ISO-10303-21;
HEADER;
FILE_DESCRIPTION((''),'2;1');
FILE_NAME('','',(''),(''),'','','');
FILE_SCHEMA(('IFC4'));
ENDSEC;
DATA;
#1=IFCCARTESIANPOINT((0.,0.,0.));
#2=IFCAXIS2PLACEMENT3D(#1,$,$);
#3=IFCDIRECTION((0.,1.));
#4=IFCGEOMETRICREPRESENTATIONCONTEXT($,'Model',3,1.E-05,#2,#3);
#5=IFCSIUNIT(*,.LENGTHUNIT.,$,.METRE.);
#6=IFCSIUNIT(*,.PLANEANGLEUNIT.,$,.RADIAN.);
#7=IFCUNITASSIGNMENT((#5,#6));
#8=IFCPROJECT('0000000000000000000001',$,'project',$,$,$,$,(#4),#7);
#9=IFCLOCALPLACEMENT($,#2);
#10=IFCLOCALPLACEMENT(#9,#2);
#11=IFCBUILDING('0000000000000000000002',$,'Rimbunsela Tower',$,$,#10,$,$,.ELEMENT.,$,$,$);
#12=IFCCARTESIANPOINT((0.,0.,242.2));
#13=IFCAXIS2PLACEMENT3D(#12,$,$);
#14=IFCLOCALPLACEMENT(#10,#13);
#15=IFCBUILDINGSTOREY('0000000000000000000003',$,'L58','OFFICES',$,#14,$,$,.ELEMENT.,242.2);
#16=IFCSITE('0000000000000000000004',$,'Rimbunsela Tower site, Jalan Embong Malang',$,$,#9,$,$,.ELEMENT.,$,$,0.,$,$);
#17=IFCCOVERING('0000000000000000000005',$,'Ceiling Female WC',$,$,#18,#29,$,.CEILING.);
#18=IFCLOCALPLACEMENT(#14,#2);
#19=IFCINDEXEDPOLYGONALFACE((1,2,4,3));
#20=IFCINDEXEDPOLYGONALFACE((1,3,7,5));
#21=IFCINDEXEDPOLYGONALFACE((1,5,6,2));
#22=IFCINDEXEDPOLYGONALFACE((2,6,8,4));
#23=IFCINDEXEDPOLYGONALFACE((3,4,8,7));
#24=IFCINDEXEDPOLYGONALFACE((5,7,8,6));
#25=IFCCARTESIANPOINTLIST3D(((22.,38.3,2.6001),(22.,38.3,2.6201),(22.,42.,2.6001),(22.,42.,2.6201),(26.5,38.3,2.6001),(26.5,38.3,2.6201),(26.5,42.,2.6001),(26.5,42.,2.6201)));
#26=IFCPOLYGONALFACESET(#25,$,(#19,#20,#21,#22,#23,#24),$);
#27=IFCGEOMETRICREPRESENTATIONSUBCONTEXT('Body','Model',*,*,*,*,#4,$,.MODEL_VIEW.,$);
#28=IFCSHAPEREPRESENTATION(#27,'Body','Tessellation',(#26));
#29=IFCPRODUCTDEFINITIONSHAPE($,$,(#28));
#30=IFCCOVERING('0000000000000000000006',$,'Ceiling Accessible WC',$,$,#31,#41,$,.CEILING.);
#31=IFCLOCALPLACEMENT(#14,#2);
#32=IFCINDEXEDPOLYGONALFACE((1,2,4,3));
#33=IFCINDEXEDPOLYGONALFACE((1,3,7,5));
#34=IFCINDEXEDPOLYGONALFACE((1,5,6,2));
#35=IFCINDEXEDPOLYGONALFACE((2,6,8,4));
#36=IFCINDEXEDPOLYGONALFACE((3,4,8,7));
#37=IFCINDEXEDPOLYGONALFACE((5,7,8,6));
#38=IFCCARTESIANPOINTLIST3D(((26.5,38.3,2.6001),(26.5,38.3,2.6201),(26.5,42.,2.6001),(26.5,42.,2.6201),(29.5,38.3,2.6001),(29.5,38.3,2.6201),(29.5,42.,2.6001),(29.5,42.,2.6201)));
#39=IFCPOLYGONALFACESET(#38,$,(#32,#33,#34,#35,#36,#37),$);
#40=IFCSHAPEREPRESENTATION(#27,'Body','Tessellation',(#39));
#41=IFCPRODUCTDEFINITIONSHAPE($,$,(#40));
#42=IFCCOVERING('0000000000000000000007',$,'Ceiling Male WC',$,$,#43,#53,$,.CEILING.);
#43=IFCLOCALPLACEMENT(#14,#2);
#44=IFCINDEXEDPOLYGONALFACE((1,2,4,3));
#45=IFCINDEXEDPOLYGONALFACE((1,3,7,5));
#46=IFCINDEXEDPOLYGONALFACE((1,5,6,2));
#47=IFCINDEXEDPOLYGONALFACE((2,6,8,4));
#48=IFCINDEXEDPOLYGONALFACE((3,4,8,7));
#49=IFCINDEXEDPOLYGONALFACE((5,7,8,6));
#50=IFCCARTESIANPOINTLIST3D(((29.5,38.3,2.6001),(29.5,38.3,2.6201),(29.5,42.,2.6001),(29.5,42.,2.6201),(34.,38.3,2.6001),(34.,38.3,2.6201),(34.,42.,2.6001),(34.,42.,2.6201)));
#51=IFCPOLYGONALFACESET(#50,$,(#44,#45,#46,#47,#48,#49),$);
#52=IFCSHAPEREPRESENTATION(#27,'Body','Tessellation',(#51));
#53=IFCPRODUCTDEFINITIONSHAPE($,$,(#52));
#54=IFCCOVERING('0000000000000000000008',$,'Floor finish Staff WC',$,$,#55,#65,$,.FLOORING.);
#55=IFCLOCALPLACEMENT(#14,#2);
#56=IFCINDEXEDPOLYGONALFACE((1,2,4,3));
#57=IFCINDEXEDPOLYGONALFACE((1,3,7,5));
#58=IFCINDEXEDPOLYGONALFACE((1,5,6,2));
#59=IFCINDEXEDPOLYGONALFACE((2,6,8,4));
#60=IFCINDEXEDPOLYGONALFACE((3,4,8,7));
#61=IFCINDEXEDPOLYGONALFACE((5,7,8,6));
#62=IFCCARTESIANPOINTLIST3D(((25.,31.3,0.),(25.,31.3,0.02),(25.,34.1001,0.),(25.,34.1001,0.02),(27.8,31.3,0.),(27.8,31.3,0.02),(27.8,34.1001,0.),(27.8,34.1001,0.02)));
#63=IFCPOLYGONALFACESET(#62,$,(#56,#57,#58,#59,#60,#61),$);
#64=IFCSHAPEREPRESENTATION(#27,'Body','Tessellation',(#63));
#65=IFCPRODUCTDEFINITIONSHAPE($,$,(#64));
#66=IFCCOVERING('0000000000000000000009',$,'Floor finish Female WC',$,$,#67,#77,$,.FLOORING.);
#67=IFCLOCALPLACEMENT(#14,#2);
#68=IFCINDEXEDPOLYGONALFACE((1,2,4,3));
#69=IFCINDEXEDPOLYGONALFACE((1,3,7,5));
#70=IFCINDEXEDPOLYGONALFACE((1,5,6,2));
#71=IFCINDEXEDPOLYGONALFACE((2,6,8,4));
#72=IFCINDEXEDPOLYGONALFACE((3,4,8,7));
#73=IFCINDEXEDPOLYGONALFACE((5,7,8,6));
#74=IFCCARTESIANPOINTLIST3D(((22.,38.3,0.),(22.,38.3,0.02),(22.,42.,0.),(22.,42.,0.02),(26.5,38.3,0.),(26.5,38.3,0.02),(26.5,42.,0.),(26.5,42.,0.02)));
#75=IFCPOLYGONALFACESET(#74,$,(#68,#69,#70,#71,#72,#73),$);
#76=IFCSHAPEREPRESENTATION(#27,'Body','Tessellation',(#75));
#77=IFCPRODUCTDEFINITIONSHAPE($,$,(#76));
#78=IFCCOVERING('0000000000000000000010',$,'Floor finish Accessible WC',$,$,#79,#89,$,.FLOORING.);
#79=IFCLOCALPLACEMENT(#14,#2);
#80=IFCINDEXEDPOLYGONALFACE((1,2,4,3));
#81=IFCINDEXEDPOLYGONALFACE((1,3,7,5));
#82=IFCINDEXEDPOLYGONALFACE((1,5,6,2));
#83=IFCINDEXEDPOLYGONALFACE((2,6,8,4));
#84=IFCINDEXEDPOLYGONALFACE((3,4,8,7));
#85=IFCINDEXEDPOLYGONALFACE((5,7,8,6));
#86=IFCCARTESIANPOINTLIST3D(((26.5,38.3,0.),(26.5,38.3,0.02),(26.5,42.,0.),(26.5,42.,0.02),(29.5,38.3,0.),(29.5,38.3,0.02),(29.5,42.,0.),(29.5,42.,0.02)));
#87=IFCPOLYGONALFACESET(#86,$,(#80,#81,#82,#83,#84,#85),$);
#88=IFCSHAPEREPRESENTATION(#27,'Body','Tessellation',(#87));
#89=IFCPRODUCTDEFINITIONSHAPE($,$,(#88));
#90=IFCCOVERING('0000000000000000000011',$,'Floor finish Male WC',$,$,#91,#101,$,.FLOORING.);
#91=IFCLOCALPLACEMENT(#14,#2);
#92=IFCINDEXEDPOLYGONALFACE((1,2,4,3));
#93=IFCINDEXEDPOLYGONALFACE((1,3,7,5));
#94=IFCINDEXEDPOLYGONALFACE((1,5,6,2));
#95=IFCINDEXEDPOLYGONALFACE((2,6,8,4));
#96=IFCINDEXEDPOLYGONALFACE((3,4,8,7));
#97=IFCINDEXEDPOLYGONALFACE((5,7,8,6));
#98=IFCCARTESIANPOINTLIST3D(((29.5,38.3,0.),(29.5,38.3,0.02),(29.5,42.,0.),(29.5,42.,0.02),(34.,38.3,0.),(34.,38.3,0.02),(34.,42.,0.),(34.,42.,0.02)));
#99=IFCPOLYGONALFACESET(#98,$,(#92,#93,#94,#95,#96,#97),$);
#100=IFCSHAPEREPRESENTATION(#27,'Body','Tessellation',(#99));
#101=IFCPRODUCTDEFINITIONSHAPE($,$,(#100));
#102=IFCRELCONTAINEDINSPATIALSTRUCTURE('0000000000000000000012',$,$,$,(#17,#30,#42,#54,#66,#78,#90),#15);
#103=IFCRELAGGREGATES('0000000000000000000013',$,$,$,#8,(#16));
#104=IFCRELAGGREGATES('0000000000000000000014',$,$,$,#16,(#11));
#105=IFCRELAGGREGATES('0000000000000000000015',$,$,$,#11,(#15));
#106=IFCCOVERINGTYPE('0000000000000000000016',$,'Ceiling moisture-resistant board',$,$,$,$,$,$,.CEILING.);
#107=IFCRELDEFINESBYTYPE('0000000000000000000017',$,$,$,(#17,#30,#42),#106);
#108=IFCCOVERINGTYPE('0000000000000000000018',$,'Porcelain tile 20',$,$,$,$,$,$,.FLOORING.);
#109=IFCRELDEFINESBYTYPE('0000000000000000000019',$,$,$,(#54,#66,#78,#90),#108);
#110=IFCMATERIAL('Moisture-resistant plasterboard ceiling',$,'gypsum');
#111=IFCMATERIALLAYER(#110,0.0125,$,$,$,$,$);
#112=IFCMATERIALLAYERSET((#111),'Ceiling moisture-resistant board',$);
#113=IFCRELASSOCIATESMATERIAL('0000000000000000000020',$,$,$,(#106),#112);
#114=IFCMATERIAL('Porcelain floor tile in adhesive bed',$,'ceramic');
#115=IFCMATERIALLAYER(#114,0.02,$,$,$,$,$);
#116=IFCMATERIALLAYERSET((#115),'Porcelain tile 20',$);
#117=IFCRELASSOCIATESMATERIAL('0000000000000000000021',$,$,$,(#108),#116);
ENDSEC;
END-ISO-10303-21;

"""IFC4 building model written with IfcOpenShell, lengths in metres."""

from ifc_helpers import new_model, si_unit, direction, frame, origin, place, context, subcontext, project, spatial, polyline, outline, extrude, material, layer, layer_set, type_object, element, save


model = new_model("IFC4")

# Units and contexts
model_context = context("Model", 3, precision=1e-05, world=origin(), true_north=direction((0.0, 1.0)))
body_context = subcontext(model_context, "Body", "Model", "MODEL_VIEW")
ifc_project = project(units=[si_unit("LENGTHUNIT", "METRE"), si_unit("PLANEANGLEUNIT", "RADIAN")], contexts=[model_context])

# Site, building, storey
site_placement = place(None, origin())
site = spatial("IfcSite", under=ifc_project, at=site_placement, Name="Rimbunsela Tower site, Jalan Embong Malang", CompositionType="ELEMENT", RefElevation=0.0)
building_placement = place(site_placement, origin())
building = spatial("IfcBuilding", under=site, at=building_placement, Name="Rimbunsela Tower", CompositionType="ELEMENT")
storey_placement = place(building_placement, frame((0.0, 0.0, 242.2)))
storey = spatial("IfcBuildingStorey", under=building, at=storey_placement, Name="L58", Description="OFFICES", CompositionType="ELEMENT", Elevation=242.2)

# Coverings
ifc_material_1 = material(Name="Moisture-resistant plasterboard ceiling", Category="gypsum")
ifc_layer_1 = layer(ifc_material_1, 0.0125)
ifc_layer_set_1 = layer_set([ifc_layer_1], Name="Ceiling moisture-resistant board")
covering_type_1 = type_object("IfcCoveringType", Name="Ceiling moisture-resistant board", PredefinedType="CEILING", material=ifc_layer_set_1)
covering_1_placement = place(storey_placement, frame((0.0, 0.0, 2.6001)))
element("IfcCovering", 1, at=covering_1_placement, inside=storey, type_object=covering_type_1, Name="Ceiling Female WC", PredefinedType="CEILING", context=body_context, shape_type="SweptSolid", body=[
    extrude(outline(polyline([(26.5, 38.3), (26.5, 42.0), (22.0, 42.0), (22.0, 38.3), (26.5, 38.3)])), origin(), (0.0, 0.0, 1.0), 0.02),
])
covering_2_placement = place(storey_placement, frame((0.0, 0.0, 2.6001)))
element("IfcCovering", 2, at=covering_2_placement, inside=storey, type_object=covering_type_1, Name="Ceiling Accessible WC", PredefinedType="CEILING", context=body_context, shape_type="SweptSolid", body=[
    extrude(outline(polyline([(29.5, 38.3), (29.5, 42.0), (26.5, 42.0), (26.5, 38.3), (29.5, 38.3)])), origin(), (0.0, 0.0, 1.0), 0.02),
])
covering_3_placement = place(storey_placement, frame((0.0, 0.0, 2.6001)))
element("IfcCovering", 3, at=covering_3_placement, inside=storey, type_object=covering_type_1, Name="Ceiling Male WC", PredefinedType="CEILING", context=body_context, shape_type="SweptSolid", body=[
    extrude(outline(polyline([(34.0, 38.3), (34.0, 42.0), (29.5, 42.0), (29.5, 38.3), (34.0, 38.3)])), origin(), (0.0, 0.0, 1.0), 0.02),
])
ifc_material_2 = material(Name="Porcelain floor tile in adhesive bed", Category="ceramic")
ifc_layer_2 = layer(ifc_material_2, 0.02)
ifc_layer_set_2 = layer_set([ifc_layer_2], Name="Porcelain tile 20")
covering_type_2 = type_object("IfcCoveringType", Name="Porcelain tile 20", PredefinedType="FLOORING", material=ifc_layer_set_2)
covering_4_placement = place(storey_placement, origin())
element("IfcCovering", 4, at=covering_4_placement, inside=storey, type_object=covering_type_2, Name="Floor finish Staff WC", PredefinedType="FLOORING", context=body_context, shape_type="SweptSolid", body=[
    extrude(outline(polyline([(27.8, 31.3), (27.8, 34.1001), (25.0, 34.1001), (25.0, 31.3), (27.8, 31.3)])), origin(), (0.0, 0.0, 1.0), 0.02),
])
covering_5_placement = place(storey_placement, origin())
element("IfcCovering", 5, at=covering_5_placement, inside=storey, type_object=covering_type_2, Name="Floor finish Female WC", PredefinedType="FLOORING", context=body_context, shape_type="SweptSolid", body=[
    extrude(outline(polyline([(26.5, 38.3), (26.5, 42.0), (22.0, 42.0), (22.0, 38.3), (26.5, 38.3)])), origin(), (0.0, 0.0, 1.0), 0.02),
])
covering_6_placement = place(storey_placement, origin())
element("IfcCovering", 6, at=covering_6_placement, inside=storey, type_object=covering_type_2, Name="Floor finish Accessible WC", PredefinedType="FLOORING", context=body_context, shape_type="SweptSolid", body=[
    extrude(outline(polyline([(29.5, 38.3), (29.5, 42.0), (26.5, 42.0), (26.5, 38.3), (29.5, 38.3)])), origin(), (0.0, 0.0, 1.0), 0.02),
])
covering_7_placement = place(storey_placement, origin())
element("IfcCovering", 7, at=covering_7_placement, inside=storey, type_object=covering_type_2, Name="Floor finish Male WC", PredefinedType="FLOORING", context=body_context, shape_type="SweptSolid", body=[
    extrude(outline(polyline([(34.0, 38.3), (34.0, 42.0), (29.5, 42.0), (29.5, 38.3), (34.0, 38.3)])), origin(), (0.0, 0.0, 1.0), 0.02),
])

save(model, "model.ifc")
